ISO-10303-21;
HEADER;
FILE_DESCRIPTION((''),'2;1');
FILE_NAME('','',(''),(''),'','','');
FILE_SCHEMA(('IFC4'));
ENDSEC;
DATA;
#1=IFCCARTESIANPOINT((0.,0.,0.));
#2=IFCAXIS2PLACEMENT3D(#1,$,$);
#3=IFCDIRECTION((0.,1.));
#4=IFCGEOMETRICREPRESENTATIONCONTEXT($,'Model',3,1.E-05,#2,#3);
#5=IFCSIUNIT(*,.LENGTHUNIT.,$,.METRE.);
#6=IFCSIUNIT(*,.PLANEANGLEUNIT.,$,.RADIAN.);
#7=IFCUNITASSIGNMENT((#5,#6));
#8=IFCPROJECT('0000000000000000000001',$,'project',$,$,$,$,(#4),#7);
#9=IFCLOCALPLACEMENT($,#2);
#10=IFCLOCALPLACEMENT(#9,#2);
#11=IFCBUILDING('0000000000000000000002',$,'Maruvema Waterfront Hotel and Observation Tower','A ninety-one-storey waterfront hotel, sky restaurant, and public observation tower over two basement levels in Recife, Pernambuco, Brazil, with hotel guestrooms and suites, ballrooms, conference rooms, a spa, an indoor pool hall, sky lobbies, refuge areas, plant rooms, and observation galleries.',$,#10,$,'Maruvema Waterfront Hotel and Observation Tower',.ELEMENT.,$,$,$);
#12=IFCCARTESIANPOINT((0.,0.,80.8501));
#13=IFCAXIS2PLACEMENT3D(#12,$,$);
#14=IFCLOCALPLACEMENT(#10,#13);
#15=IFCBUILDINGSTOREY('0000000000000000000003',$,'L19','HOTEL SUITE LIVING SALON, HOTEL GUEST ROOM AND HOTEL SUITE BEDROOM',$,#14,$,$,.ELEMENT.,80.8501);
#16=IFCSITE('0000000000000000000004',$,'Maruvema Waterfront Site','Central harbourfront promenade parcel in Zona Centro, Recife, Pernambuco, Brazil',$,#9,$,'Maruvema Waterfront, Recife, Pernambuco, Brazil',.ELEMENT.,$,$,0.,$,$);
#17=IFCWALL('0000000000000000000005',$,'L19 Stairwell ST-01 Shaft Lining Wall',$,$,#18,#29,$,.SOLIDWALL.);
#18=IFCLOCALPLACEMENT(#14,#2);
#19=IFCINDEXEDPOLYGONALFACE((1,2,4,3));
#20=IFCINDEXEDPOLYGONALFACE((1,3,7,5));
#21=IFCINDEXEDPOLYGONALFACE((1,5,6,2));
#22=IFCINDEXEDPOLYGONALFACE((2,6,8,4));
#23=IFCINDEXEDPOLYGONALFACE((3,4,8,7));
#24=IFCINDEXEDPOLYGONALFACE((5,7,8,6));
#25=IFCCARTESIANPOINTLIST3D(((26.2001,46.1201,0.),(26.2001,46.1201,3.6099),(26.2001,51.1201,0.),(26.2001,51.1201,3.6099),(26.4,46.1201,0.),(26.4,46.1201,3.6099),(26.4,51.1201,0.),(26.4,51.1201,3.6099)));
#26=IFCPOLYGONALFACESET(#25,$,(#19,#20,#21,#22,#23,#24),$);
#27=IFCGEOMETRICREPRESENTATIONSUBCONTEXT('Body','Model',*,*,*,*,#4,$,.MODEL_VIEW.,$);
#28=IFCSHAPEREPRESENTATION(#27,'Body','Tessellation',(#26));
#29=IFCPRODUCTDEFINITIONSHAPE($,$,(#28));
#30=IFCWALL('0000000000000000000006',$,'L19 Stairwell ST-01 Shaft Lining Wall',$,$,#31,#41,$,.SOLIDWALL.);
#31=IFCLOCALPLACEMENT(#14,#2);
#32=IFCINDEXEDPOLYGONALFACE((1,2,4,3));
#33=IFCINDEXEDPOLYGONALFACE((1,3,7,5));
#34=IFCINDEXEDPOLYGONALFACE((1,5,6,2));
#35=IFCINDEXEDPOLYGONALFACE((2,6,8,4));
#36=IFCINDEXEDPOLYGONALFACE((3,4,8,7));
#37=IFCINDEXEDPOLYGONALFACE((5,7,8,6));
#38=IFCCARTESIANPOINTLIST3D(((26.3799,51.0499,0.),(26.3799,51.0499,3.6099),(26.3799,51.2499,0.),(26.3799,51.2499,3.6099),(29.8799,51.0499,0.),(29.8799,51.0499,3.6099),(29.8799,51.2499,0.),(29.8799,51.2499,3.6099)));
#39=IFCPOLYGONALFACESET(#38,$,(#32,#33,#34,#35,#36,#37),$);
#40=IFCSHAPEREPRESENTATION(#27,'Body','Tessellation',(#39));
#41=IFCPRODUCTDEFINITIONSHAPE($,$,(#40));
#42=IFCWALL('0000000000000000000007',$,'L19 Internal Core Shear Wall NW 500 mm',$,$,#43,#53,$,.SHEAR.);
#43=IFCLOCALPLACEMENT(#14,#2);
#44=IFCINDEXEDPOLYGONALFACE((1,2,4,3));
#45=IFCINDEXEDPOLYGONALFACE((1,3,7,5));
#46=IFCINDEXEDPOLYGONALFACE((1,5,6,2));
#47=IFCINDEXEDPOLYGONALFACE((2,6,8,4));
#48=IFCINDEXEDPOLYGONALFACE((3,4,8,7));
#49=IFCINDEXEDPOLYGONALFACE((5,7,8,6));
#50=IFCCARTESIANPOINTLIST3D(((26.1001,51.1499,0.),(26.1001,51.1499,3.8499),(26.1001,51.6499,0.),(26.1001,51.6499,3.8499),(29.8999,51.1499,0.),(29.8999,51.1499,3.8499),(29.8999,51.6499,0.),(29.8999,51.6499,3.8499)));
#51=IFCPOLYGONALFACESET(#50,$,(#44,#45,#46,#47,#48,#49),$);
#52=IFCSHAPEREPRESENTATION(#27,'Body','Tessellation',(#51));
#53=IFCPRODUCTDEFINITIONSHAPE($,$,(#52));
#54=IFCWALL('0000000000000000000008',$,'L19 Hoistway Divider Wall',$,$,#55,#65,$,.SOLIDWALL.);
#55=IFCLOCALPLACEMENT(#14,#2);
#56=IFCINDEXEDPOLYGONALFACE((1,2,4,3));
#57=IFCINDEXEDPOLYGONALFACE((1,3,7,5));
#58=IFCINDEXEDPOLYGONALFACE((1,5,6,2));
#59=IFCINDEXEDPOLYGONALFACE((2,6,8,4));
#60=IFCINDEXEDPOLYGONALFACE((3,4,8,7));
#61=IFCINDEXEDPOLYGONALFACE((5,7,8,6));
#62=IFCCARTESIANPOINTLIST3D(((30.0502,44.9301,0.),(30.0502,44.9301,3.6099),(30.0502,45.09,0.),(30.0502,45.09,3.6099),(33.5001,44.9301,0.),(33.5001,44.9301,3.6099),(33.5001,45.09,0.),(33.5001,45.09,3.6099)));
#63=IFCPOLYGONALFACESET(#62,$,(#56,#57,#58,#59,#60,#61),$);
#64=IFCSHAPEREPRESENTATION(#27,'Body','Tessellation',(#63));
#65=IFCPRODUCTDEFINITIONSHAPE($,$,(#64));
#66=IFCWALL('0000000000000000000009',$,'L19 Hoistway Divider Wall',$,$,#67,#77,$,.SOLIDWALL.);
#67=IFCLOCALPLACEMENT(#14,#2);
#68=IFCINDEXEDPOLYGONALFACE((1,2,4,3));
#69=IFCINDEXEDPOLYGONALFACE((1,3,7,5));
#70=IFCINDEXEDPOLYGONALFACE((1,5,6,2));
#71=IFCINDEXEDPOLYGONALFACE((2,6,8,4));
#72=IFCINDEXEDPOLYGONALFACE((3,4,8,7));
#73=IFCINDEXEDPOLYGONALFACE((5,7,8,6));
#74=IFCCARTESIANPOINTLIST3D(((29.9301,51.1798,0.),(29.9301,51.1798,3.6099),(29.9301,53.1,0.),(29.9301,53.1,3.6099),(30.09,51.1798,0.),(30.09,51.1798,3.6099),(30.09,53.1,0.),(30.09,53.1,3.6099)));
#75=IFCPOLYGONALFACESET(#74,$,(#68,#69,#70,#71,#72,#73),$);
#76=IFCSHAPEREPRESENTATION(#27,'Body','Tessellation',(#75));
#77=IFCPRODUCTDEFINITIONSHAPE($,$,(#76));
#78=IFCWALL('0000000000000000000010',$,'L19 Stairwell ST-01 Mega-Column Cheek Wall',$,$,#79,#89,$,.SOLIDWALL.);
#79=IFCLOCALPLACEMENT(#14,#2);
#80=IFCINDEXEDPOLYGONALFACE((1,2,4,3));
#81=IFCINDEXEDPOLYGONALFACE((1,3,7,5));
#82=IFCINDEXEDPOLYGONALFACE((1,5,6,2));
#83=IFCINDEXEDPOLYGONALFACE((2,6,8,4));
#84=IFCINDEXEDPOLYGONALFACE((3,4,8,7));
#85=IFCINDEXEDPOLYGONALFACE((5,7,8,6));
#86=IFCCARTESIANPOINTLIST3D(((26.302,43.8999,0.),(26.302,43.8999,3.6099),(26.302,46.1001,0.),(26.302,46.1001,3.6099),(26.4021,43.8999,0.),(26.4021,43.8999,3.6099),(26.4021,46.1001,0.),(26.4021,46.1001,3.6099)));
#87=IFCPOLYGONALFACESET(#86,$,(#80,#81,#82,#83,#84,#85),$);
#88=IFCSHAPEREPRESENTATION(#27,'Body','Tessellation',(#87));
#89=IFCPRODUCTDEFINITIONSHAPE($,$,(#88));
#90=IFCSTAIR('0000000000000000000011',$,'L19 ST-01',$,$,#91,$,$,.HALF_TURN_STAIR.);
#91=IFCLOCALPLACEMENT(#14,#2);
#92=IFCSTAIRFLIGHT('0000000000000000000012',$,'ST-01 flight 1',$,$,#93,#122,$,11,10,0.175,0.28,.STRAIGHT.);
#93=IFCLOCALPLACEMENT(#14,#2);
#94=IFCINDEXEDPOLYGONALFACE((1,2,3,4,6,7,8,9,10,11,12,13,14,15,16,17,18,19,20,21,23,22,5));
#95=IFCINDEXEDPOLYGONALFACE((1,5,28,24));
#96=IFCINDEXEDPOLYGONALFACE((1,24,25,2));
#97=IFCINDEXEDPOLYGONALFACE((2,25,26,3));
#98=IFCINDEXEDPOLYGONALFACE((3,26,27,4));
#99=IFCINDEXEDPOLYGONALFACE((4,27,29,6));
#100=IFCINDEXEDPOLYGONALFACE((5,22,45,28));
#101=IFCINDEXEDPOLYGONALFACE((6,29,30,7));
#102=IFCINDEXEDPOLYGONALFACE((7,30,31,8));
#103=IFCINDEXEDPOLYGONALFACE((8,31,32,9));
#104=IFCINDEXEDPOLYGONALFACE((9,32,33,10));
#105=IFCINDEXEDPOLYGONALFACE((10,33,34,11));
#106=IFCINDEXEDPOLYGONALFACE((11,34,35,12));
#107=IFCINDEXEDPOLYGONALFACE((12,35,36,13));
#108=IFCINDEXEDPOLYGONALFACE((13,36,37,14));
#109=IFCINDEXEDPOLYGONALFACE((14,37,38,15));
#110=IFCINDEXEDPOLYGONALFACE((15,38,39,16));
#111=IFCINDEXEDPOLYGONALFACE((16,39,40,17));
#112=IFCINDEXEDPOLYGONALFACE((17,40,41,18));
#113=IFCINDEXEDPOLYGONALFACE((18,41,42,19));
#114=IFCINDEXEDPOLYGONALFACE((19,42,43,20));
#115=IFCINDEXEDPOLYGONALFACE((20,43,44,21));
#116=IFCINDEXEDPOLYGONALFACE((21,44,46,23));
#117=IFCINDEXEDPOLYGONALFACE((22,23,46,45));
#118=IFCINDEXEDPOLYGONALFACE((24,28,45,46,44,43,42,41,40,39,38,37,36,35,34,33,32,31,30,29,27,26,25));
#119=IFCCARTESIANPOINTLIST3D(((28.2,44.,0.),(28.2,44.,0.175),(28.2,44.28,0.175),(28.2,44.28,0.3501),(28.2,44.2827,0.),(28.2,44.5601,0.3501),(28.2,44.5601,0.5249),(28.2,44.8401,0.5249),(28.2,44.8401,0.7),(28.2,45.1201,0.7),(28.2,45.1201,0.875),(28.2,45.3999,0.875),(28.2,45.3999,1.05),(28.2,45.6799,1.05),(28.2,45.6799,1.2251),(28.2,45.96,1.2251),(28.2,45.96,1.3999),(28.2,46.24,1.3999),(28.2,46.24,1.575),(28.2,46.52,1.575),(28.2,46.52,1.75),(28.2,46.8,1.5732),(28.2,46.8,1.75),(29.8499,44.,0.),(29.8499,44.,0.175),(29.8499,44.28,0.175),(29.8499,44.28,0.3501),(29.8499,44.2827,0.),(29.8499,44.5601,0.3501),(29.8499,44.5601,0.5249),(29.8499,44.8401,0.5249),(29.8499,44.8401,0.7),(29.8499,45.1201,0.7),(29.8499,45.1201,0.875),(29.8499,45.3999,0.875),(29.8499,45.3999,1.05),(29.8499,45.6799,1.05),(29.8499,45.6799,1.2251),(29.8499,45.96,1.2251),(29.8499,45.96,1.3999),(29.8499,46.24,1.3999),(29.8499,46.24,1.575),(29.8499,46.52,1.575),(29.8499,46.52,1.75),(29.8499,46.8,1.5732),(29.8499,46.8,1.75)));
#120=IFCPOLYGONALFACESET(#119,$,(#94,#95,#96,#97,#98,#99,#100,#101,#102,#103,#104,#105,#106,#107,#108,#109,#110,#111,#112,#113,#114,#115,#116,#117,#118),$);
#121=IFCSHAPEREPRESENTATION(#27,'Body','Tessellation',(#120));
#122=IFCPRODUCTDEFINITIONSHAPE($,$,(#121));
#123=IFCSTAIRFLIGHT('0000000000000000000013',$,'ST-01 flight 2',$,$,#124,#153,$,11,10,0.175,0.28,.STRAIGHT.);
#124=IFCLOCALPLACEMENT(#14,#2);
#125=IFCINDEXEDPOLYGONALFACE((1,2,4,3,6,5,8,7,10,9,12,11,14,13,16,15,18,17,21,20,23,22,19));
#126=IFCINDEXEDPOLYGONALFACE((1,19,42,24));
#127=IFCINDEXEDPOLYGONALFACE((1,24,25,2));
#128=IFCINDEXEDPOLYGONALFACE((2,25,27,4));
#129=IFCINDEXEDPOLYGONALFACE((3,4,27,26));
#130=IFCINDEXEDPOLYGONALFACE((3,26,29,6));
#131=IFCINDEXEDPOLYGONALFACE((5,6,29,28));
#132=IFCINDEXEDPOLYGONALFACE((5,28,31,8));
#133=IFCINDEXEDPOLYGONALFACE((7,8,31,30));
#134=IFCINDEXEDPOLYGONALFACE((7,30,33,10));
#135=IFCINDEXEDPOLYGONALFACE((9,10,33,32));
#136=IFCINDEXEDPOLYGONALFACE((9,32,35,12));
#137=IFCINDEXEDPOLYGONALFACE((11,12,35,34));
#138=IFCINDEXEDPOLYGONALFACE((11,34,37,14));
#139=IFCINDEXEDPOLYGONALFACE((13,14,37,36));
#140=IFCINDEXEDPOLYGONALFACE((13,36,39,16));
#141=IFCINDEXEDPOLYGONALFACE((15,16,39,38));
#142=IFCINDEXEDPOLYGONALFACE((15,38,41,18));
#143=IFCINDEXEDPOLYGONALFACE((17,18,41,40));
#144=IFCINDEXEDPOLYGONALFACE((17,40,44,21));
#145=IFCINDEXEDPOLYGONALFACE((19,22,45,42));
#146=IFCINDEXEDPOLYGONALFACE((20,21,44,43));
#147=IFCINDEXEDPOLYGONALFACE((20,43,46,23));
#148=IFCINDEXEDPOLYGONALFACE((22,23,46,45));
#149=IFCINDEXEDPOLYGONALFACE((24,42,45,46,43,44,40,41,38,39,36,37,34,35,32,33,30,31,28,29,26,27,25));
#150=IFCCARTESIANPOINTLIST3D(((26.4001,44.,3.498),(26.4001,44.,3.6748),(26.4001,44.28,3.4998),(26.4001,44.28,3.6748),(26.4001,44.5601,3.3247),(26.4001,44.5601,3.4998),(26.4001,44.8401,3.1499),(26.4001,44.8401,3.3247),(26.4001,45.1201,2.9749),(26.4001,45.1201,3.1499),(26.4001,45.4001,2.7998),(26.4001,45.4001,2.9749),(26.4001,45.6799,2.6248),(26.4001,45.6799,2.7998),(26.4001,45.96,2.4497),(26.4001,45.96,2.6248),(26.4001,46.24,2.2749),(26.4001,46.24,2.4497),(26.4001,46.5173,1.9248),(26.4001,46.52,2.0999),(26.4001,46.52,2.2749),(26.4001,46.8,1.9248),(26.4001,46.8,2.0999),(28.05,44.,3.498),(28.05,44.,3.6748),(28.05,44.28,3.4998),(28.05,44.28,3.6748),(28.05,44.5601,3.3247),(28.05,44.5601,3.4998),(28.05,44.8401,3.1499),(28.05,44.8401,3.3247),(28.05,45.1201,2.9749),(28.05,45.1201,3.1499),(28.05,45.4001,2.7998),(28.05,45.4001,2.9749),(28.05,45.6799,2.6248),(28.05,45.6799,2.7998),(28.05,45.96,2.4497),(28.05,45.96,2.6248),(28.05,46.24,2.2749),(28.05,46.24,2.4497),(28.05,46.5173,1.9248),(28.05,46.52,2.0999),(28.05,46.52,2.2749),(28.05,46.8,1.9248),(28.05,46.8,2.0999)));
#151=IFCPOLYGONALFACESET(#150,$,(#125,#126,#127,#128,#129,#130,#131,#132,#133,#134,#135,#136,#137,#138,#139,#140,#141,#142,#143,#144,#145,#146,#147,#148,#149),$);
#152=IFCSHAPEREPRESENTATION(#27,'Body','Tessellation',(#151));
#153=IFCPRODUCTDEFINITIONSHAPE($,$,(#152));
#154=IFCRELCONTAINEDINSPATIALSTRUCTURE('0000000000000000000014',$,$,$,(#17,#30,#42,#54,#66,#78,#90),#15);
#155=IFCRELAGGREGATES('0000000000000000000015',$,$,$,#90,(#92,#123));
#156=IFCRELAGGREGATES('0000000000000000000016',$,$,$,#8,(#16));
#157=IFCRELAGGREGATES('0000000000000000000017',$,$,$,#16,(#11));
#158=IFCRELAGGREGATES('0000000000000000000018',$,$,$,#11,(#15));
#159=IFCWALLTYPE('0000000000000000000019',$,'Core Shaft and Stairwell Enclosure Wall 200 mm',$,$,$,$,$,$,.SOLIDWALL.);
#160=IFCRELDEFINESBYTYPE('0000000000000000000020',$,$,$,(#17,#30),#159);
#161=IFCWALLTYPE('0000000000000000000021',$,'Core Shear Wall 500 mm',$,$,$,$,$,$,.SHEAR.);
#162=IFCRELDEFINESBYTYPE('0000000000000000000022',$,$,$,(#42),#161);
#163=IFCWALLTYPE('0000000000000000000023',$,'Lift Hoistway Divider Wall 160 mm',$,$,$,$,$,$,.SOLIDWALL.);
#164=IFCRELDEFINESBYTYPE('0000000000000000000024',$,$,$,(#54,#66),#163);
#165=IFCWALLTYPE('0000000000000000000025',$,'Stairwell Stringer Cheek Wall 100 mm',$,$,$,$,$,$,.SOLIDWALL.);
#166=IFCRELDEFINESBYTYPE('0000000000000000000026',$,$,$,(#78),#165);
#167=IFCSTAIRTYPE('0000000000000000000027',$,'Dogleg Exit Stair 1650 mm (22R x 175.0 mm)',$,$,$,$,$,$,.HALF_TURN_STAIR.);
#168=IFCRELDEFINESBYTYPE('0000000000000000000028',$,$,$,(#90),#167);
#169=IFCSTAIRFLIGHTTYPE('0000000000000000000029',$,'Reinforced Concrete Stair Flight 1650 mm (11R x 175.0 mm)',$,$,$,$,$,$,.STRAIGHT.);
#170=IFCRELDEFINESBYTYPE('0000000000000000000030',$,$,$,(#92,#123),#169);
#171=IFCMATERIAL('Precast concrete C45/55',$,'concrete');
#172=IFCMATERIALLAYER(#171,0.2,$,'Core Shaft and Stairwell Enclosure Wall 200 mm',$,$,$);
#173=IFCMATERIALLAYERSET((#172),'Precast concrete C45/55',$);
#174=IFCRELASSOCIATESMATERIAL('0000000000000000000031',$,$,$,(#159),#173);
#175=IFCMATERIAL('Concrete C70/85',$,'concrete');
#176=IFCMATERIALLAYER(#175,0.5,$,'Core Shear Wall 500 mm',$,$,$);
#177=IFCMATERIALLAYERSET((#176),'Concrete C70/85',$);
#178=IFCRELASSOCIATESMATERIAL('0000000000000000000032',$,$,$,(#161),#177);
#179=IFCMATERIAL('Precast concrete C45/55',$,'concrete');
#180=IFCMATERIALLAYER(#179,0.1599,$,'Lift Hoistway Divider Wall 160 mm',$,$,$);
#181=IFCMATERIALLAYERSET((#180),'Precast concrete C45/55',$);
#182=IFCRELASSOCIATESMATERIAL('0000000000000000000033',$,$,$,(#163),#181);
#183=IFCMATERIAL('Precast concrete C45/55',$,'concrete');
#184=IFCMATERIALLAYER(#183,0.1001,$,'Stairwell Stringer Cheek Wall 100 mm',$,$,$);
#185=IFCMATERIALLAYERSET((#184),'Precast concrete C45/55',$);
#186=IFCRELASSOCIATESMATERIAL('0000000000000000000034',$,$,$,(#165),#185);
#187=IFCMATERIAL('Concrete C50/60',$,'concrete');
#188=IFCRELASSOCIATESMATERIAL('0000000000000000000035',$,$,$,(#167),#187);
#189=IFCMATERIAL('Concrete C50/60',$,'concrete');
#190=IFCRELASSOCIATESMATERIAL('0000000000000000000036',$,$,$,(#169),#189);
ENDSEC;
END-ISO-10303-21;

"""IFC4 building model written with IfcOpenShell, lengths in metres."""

from ifc_helpers import new_model, si_unit, direction, frame, frame_2d, origin, place, context, subcontext, project, spatial, polyline, rectangle, outline, extrude, material, layer, layer_set, type_object, element, aggregate, save


model = new_model("IFC4")

# Units and contexts
model_context = context("Model", 3, precision=1e-05, world=origin(), true_north=direction((0.0, 1.0)))
body_context = subcontext(model_context, "Body", "Model", "MODEL_VIEW")
ifc_project = project(units=[si_unit("LENGTHUNIT", "METRE"), si_unit("PLANEANGLEUNIT", "RADIAN")], contexts=[model_context])

# Site, building, storey
site_placement = place(None, origin())
site = spatial("IfcSite", under=ifc_project, at=site_placement, Name="Maruvema Waterfront Site", Description="Central harbourfront promenade parcel in Zona Centro, Recife, Pernambuco, Brazil", LongName="Maruvema Waterfront, Recife, Pernambuco, Brazil", CompositionType="ELEMENT", RefElevation=0.0)
building_placement = place(site_placement, origin())
building = spatial("IfcBuilding", under=site, at=building_placement, Name="Maruvema Waterfront Hotel and Observation Tower", Description="A ninety-one-storey waterfront hotel, sky restaurant, and public observation tower over two basement levels in Recife, Pernambuco, Brazil, with hotel guestrooms and suites, ballrooms, conference rooms, a spa, an indoor pool hall, sky lobbies, refuge areas, plant rooms, and observation galleries.", LongName="Maruvema Waterfront Hotel and Observation Tower", CompositionType="ELEMENT")
storey_placement = place(building_placement, frame((0.0, 0.0, 80.8501)))
storey = spatial("IfcBuildingStorey", under=building, at=storey_placement, Name="L19", Description="HOTEL SUITE LIVING SALON, HOTEL GUEST ROOM AND HOTEL SUITE BEDROOM", CompositionType="ELEMENT", Elevation=80.8501)

# Walls
ifc_material_1 = material(Name="Precast concrete C45/55", Category="concrete")
ifc_layer_1 = layer(ifc_material_1, 0.2, Name="Core Shaft and Stairwell Enclosure Wall 200 mm")
ifc_layer_set_1 = layer_set([ifc_layer_1], Name="Precast concrete C45/55")
wall_type_1 = type_object("IfcWallType", Name="Core Shaft and Stairwell Enclosure Wall 200 mm", PredefinedType="SOLIDWALL", material=ifc_layer_set_1)
wall_1_placement = place(storey_placement, frame((26.3, 46.1201, 0.0), z_axis=(0.0, 0.0, 1.0), x_axis=(0.0, 1.0, 0.0)))
element("IfcWall", 1, at=wall_1_placement, inside=storey, type_object=wall_type_1, Name="L19 Stairwell ST-01 Shaft Lining Wall", PredefinedType="SOLIDWALL", context=body_context, shape_type="SweptSolid", body=[
    extrude(rectangle(XDim=5.0, YDim=0.2, at=frame_2d((2.5, 0.0))), origin(), (0.0, 0.0, 1.0), 3.6099),
])
wall_2_placement = place(storey_placement, frame((26.3799, 51.1499, 0.0), z_axis=(0.0, 0.0, 1.0), x_axis=(1.0, 0.0, 0.0)))
element("IfcWall", 2, at=wall_2_placement, inside=storey, type_object=wall_type_1, Name="L19 Stairwell ST-01 Shaft Lining Wall", PredefinedType="SOLIDWALL", context=body_context, shape_type="SweptSolid", body=[
    extrude(rectangle(XDim=3.5, YDim=0.2, at=frame_2d((1.75, 0.0))), origin(), (0.0, 0.0, 1.0), 3.6099),
])
ifc_material_2 = material(Name="Concrete C70/85", Category="concrete")
ifc_layer_2 = layer(ifc_material_2, 0.5, Name="Core Shear Wall 500 mm")
ifc_layer_set_2 = layer_set([ifc_layer_2], Name="Concrete C70/85")
wall_type_2 = type_object("IfcWallType", Name="Core Shear Wall 500 mm", PredefinedType="SHEAR", material=ifc_layer_set_2)
wall_3_placement = place(storey_placement, frame((26.1001, 51.3999, 0.0), z_axis=(0.0, 0.0, 1.0), x_axis=(1.0, 0.0, 0.0)))
element("IfcWall", 3, at=wall_3_placement, inside=storey, type_object=wall_type_2, Name="L19 Internal Core Shear Wall NW 500 mm", PredefinedType="SHEAR", context=body_context, shape_type="SweptSolid", body=[
    extrude(rectangle(XDim=3.7998, YDim=0.5, at=frame_2d((1.8999, 0.0))), origin(), (0.0, 0.0, 1.0), 3.8499),
])
ifc_material_3 = material(Name="Precast concrete C45/55", Category="concrete")
ifc_layer_3 = layer(ifc_material_3, 0.1599, Name="Lift Hoistway Divider Wall 160 mm")
ifc_layer_set_3 = layer_set([ifc_layer_3], Name="Precast concrete C45/55")
wall_type_3 = type_object("IfcWallType", Name="Lift Hoistway Divider Wall 160 mm", PredefinedType="SOLIDWALL", material=ifc_layer_set_3)
wall_4_placement = place(storey_placement, frame((30.05, 45.01, 0.0), z_axis=(0.0, 0.0, 1.0), x_axis=(1.0, 0.0, 0.0)))
element("IfcWall", 4, at=wall_4_placement, inside=storey, type_object=wall_type_3, Name="L19 Hoistway Divider Wall", PredefinedType="SOLIDWALL", context=body_context, shape_type="SweptSolid", body=[
    extrude(rectangle(XDim=3.45, YDim=0.1599, at=frame_2d((1.7251, 0.0))), origin(), (0.0, 0.0, 1.0), 3.6099),
])
wall_5_placement = place(storey_placement, frame((30.01, 51.1799, 0.0), z_axis=(0.0, 0.0, 1.0), x_axis=(0.0, 1.0, 0.0)))
element("IfcWall", 5, at=wall_5_placement, inside=storey, type_object=wall_type_3, Name="L19 Hoistway Divider Wall", PredefinedType="SOLIDWALL", context=body_context, shape_type="SweptSolid", body=[
    extrude(rectangle(XDim=1.9202, YDim=0.1599, at=frame_2d((0.96, 0.0))), origin(), (0.0, 0.0, 1.0), 3.6099),
])
ifc_material_4 = material(Name="Precast concrete C45/55", Category="concrete")
ifc_layer_4 = layer(ifc_material_4, 0.1001, Name="Stairwell Stringer Cheek Wall 100 mm")
ifc_layer_set_4 = layer_set([ifc_layer_4], Name="Precast concrete C45/55")
wall_type_4 = type_object("IfcWallType", Name="Stairwell Stringer Cheek Wall 100 mm", PredefinedType="SOLIDWALL", material=ifc_layer_set_4)
wall_6_placement = place(storey_placement, frame((26.3521, 43.8999, 0.0), z_axis=(0.0, 0.0, 1.0), x_axis=(0.0, 1.0, 0.0)))
element("IfcWall", 6, at=wall_6_placement, inside=storey, type_object=wall_type_4, Name="L19 Stairwell ST-01 Mega-Column Cheek Wall", PredefinedType="SOLIDWALL", context=body_context, shape_type="SweptSolid", body=[
    extrude(rectangle(XDim=2.2002, YDim=0.1001, at=frame_2d((1.1001, 0.0))), origin(), (0.0, 0.0, 1.0), 3.6099),
])

# Stair, stair flights
ifc_material_5 = material(Name="Concrete C50/60", Category="concrete")
stair_type = type_object("IfcStairType", Name="Dogleg Exit Stair 1650 mm (22R x 175.0 mm)", PredefinedType="HALF_TURN_STAIR", material=ifc_material_5)
stair_placement = place(storey_placement, origin())
stair = element("IfcStair", 7, at=stair_placement, inside=storey, type_object=stair_type, Name="L19 ST-01", PredefinedType="HALF_TURN_STAIR")
ifc_material_6 = material(Name="Concrete C50/60", Category="concrete")
stair_flight_type = type_object("IfcStairFlightType", Name="Reinforced Concrete Stair Flight 1650 mm (11R x 175.0 mm)", PredefinedType="STRAIGHT", material=ifc_material_6)
stair_flight_1_placement = place(storey_placement, frame((29.0249, 44.0, 0.0), z_axis=(0.0, 0.0, 1.0), x_axis=(0.0, 1.0, 0.0)))
stair_flight_1 = element("IfcStairFlight", 8, at=stair_flight_1_placement, type_object=stair_flight_type, Name="ST-01 flight 1", NumberOfRisers=11, NumberOfTreads=10, PredefinedType="STRAIGHT", RiserHeight=0.175, TreadLength=0.28, context=body_context, shape_type="SweptSolid", body=[
    extrude(outline(polyline([(0.0, 0.0), (0.0, 0.175), (0.28, 0.175), (0.28, 0.3501), (0.5601, 0.3501), (0.5601, 0.5249), (0.8401, 0.5249), (0.8401, 0.7), (1.1201, 0.7), (1.1201, 0.875), (1.3999, 0.875), (1.3999, 1.05), (1.6799, 1.05), (1.6799, 1.2251), (1.96, 1.2251), (1.96, 1.3999), (2.24, 1.3999), (2.24, 1.575), (2.52, 1.575), (2.52, 1.75), (2.8, 1.75), (2.8, 1.925), (2.8, 1.5732), (0.2827, 0.0), (0.0, 0.0)])), frame((0.0, 0.825, 0.0), z_axis=(0.0, -1.0, 0.0), x_axis=(1.0, 0.0, 0.0)), (0.0, 0.0, 1.0), 1.6499),
])
stair_flight_2_placement = place(storey_placement, frame((27.2251, 46.8, 1.9248), z_axis=(0.0, 0.0, 1.0), x_axis=(0.0, -1.0, 0.0)))
stair_flight_2 = element("IfcStairFlight", 9, at=stair_flight_2_placement, type_object=stair_flight_type, Name="ST-01 flight 2", NumberOfRisers=11, NumberOfTreads=10, PredefinedType="STRAIGHT", RiserHeight=0.175, TreadLength=0.28, context=body_context, shape_type="SweptSolid", body=[
    extrude(outline(polyline([(0.0, 0.0), (0.0, 0.175), (0.28, 0.175), (0.28, 0.3501), (0.5601, 0.3501), (0.5601, 0.5249), (0.8401, 0.5249), (0.8401, 0.7), (1.1201, 0.7), (1.1201, 0.875), (1.3999, 0.875), (1.3999, 1.05), (1.6799, 1.05), (1.6799, 1.2251), (1.96, 1.2251), (1.96, 1.3999), (2.24, 1.3999), (2.24, 1.575), (2.52, 1.575), (2.52, 1.75), (2.8, 1.75), (2.8, 1.925), (2.8, 1.5732), (0.2827, 0.0), (0.0, 0.0)])), frame((0.0, 0.825, 0.0), z_axis=(0.0, -1.0, 0.0), x_axis=(1.0, 0.0, 0.0)), (0.0, 0.0, 1.0), 1.6499),
])
aggregate(stair, [stair_flight_1, stair_flight_2])

save(model, "model.ifc")
